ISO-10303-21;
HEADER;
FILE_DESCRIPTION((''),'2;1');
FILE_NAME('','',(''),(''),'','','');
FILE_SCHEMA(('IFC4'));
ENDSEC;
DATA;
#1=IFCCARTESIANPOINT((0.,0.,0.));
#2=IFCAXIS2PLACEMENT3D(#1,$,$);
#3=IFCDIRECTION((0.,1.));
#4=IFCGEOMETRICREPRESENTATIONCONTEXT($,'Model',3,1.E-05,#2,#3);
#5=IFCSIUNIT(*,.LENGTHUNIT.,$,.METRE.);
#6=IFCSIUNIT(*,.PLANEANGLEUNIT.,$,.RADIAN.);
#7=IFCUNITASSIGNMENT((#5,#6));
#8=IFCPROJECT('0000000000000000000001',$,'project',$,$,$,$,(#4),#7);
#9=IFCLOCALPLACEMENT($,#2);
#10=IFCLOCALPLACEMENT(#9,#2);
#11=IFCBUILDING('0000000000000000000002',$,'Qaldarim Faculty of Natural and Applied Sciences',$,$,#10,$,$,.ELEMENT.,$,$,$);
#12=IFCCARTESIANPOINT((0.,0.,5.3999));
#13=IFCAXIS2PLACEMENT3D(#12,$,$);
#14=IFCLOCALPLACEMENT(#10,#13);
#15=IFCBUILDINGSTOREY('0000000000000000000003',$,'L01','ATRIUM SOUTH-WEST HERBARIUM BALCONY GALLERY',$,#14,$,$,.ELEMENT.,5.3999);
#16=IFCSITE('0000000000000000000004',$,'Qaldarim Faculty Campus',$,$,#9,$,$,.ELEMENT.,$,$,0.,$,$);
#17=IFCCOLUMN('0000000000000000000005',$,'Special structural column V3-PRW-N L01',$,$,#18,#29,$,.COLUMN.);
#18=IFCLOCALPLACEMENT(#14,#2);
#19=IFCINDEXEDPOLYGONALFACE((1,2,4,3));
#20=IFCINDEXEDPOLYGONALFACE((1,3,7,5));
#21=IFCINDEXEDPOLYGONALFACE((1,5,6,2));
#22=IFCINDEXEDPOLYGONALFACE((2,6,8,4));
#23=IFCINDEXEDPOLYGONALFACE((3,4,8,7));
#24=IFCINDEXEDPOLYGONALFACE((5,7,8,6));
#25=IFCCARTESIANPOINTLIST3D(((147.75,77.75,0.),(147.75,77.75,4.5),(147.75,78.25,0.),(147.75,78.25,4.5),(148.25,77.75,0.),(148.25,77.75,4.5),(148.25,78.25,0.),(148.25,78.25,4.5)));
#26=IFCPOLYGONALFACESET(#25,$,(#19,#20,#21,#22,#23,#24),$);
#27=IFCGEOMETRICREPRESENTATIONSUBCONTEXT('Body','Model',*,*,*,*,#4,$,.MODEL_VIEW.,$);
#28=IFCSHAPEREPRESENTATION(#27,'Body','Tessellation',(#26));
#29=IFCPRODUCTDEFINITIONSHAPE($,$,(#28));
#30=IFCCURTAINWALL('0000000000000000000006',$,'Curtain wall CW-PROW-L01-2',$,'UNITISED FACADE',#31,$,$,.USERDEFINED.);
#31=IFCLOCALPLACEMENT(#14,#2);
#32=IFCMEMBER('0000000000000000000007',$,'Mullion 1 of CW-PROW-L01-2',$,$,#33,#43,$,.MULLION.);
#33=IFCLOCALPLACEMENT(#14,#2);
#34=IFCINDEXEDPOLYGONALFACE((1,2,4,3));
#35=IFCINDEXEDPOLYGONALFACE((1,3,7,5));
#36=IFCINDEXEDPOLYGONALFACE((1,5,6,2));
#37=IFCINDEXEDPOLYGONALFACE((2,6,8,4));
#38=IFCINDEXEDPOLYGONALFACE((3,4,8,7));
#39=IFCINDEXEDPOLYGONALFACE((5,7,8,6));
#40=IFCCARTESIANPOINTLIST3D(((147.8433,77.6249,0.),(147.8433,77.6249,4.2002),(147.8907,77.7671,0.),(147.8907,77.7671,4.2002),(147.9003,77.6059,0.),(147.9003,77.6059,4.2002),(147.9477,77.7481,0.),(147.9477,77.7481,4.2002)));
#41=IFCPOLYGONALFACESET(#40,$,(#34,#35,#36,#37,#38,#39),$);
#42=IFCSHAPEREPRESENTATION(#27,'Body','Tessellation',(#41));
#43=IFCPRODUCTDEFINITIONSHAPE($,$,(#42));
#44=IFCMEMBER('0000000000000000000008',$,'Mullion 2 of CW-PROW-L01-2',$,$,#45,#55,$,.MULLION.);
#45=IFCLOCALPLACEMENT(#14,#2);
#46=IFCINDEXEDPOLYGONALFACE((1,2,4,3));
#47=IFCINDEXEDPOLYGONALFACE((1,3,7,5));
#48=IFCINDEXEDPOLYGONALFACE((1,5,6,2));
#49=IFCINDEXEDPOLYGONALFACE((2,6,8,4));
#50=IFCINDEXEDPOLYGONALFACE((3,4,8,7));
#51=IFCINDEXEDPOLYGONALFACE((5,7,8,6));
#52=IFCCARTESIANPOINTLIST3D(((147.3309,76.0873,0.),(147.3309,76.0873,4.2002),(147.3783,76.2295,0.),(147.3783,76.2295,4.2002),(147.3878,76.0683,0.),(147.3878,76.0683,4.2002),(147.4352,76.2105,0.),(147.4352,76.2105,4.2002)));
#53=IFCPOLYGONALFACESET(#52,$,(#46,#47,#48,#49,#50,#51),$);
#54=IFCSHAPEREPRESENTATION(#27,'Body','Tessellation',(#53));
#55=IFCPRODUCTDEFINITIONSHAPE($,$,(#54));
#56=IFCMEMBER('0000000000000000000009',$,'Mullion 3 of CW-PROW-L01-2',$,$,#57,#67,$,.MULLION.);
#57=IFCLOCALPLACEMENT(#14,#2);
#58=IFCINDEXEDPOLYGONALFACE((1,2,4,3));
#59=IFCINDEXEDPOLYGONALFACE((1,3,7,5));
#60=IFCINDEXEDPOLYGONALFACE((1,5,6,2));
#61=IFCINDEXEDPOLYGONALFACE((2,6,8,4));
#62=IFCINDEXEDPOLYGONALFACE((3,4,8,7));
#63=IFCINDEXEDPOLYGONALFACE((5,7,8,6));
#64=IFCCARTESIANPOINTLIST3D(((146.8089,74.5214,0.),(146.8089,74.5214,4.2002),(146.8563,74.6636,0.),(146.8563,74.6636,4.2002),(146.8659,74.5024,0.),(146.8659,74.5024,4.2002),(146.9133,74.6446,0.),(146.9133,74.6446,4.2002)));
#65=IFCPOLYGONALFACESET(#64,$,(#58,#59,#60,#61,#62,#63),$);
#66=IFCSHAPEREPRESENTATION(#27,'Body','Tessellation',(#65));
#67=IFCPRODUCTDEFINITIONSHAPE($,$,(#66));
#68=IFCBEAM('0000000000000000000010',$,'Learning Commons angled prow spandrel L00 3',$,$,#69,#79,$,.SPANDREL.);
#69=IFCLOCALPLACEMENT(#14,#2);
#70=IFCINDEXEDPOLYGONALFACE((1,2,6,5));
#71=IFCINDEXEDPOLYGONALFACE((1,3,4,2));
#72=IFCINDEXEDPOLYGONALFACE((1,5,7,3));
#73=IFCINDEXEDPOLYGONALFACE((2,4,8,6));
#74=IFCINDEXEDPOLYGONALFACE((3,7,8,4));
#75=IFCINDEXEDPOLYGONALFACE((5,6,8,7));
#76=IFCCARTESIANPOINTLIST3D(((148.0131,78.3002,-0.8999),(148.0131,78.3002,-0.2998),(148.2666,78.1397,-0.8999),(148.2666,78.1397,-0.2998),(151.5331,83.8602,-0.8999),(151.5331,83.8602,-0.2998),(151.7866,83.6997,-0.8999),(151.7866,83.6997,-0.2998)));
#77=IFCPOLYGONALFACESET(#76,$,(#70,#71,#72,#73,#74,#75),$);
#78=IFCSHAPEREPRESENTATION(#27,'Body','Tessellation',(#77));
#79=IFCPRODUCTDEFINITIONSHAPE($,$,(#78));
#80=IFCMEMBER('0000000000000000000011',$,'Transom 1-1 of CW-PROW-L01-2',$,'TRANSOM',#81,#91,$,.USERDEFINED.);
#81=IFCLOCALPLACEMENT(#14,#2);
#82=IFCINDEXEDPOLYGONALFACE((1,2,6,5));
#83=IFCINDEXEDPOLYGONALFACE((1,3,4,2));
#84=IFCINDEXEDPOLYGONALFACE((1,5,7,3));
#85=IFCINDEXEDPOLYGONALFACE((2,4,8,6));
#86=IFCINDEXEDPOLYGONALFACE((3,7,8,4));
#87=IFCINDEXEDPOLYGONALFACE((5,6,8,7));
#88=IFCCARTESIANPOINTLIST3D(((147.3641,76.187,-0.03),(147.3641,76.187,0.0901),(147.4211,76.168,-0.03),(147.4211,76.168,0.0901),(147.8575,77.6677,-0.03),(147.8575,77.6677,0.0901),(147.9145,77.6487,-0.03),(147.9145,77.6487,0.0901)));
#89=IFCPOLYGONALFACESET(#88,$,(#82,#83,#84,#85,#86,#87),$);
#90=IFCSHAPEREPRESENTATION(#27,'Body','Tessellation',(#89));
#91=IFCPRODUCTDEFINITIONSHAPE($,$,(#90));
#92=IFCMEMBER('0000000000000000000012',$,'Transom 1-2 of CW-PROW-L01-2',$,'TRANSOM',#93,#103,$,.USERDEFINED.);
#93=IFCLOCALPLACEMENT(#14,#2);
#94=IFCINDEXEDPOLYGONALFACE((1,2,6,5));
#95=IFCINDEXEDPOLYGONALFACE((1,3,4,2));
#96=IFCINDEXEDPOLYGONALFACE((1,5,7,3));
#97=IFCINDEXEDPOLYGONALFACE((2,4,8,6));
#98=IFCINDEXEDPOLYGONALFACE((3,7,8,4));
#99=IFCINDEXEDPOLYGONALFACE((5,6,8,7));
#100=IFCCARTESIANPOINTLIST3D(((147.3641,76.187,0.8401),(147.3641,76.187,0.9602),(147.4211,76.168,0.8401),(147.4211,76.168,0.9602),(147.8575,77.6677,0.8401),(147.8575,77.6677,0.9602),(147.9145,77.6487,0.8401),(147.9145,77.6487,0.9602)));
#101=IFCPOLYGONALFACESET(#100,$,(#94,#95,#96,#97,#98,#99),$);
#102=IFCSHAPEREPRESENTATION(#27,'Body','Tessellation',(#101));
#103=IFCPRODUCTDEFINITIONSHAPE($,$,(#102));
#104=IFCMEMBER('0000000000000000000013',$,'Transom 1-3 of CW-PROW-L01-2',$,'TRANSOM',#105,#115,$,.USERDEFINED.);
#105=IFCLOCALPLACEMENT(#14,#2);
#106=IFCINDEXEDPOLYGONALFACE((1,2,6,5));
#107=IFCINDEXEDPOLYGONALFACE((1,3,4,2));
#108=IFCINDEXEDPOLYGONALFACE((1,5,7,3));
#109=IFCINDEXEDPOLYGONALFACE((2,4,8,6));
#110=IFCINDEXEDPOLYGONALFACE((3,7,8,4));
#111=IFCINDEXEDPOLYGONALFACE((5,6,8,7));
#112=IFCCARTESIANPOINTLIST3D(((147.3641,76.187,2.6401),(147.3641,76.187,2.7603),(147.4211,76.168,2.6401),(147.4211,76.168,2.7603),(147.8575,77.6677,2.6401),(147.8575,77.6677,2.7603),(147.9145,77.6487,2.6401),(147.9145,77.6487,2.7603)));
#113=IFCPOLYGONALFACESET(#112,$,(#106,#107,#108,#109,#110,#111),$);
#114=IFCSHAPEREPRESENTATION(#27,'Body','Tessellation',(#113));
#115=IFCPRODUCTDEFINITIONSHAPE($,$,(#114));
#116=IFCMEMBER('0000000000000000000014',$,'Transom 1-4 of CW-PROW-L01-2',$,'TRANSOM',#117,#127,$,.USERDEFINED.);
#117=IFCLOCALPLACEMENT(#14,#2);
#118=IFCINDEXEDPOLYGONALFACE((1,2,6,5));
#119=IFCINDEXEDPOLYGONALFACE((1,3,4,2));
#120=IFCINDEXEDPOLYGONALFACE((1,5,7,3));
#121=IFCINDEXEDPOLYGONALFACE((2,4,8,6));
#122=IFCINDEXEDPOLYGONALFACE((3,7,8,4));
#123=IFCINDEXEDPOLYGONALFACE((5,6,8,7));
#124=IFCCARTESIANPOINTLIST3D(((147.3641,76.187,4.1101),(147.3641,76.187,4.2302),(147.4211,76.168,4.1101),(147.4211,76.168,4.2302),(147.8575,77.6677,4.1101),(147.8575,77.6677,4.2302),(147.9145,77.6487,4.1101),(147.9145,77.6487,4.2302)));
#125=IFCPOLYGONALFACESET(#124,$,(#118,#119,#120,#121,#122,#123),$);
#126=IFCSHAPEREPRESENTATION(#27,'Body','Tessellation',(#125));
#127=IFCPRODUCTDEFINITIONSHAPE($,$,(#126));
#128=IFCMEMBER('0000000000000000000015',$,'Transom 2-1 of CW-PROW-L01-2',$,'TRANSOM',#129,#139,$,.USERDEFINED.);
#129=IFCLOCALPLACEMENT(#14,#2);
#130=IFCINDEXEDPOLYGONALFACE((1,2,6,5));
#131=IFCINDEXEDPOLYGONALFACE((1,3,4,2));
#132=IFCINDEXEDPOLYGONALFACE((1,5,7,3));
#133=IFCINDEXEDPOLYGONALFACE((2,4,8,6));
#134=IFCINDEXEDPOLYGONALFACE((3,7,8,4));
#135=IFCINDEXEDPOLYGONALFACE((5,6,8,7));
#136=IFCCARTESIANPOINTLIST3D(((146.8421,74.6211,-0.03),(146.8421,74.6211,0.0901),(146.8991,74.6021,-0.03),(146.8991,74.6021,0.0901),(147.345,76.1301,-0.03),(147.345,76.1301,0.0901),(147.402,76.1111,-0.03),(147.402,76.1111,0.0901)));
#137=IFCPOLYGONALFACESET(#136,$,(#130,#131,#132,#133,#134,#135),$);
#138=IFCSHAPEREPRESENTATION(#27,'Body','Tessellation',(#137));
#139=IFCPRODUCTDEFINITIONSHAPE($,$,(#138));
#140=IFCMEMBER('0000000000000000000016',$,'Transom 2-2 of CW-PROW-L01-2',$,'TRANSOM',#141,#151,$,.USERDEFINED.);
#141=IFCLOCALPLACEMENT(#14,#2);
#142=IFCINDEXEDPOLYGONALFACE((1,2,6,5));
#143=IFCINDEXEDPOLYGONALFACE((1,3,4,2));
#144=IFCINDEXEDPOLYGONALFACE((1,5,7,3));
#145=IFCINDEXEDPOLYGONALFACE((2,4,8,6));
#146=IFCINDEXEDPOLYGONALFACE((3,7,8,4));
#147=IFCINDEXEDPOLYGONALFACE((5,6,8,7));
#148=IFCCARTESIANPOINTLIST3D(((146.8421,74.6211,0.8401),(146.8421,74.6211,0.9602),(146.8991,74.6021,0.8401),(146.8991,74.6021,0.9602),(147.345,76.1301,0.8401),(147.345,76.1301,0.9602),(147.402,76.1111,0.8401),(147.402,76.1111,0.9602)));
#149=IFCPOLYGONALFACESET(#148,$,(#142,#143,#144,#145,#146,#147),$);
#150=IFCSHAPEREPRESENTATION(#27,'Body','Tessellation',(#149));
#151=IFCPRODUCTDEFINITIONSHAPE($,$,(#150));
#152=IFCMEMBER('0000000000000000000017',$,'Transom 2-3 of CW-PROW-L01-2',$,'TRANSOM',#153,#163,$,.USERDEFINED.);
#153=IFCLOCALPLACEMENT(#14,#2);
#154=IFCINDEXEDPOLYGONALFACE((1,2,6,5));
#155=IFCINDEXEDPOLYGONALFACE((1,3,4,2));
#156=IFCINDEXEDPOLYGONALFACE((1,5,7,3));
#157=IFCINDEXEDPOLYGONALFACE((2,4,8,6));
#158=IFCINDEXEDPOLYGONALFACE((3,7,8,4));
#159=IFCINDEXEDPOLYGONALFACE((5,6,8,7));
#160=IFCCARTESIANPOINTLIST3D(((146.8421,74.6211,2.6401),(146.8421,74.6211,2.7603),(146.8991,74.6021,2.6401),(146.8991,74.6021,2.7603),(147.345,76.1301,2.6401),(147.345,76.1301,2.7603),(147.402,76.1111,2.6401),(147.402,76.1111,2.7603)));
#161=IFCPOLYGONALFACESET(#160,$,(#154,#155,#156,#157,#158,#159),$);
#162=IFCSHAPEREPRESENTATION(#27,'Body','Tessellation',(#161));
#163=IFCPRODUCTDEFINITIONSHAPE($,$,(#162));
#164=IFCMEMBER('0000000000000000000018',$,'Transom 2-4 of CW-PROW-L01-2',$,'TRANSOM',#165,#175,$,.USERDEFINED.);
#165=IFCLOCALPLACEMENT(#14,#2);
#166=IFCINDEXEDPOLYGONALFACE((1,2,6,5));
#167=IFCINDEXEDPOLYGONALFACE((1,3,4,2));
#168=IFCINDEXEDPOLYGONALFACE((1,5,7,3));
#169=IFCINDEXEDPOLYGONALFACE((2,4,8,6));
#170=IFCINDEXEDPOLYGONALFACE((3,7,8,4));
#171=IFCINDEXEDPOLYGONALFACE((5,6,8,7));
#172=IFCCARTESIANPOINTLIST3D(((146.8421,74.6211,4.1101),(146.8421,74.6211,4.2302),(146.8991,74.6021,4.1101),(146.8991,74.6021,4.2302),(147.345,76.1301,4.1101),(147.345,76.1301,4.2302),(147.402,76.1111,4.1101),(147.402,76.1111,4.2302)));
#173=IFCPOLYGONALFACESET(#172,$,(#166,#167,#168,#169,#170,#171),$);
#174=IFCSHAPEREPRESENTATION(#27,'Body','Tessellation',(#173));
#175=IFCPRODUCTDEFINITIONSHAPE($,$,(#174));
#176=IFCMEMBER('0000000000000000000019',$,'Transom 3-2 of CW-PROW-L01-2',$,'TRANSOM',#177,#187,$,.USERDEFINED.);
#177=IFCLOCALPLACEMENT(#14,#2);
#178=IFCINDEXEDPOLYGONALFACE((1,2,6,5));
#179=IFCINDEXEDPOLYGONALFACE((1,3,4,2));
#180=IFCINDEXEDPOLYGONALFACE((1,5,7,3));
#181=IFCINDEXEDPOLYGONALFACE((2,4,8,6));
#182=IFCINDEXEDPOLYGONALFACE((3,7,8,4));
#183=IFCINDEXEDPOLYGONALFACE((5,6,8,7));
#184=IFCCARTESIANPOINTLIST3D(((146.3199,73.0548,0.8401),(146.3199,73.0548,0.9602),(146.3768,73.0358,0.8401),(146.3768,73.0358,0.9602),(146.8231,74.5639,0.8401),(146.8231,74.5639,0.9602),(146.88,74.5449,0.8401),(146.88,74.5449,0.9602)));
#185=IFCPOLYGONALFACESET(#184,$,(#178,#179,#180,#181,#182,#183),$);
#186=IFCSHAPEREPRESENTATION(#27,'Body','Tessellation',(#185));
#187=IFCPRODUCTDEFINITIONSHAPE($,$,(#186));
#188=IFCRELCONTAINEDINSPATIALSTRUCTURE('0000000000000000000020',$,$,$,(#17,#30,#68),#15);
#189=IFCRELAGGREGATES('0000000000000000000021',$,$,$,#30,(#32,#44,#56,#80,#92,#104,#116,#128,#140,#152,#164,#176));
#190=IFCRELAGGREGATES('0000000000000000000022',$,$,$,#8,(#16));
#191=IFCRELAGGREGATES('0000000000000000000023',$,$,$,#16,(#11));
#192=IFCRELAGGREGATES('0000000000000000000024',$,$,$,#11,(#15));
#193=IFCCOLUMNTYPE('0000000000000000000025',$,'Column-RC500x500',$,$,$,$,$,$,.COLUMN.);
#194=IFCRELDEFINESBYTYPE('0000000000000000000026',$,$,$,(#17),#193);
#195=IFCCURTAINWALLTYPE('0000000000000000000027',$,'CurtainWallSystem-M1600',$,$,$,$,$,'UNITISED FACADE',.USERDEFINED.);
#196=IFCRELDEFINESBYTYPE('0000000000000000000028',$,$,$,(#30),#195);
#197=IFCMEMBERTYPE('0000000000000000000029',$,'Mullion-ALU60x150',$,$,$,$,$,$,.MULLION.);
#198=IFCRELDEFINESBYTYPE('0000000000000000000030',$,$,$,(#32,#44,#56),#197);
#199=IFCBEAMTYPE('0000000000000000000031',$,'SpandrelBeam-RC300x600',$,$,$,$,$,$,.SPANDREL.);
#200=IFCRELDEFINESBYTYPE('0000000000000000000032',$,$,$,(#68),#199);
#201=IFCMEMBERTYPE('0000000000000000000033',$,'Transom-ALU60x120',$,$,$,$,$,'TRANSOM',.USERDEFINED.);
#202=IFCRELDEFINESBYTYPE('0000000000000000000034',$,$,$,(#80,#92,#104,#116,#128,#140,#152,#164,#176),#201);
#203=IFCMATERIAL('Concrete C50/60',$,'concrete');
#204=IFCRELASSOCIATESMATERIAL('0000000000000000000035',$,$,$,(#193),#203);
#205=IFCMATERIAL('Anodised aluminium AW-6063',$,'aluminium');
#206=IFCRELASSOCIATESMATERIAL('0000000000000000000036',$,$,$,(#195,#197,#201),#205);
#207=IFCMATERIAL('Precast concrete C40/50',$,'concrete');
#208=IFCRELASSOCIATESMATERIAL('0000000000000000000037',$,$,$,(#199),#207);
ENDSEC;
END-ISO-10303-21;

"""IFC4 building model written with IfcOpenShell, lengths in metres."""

from ifc_helpers import new_model, si_unit, direction, frame, origin, origin_2d, place, context, subcontext, project, spatial, rectangle, extrude, material, material_profile, profile_set, type_object, element, aggregate, save


model = new_model("IFC4")

# Units and contexts
model_context = context("Model", 3, precision=1e-05, world=origin(), true_north=direction((0.0, 1.0)))
body_context = subcontext(model_context, "Body", "Model", "MODEL_VIEW")
ifc_project = project(units=[si_unit("LENGTHUNIT", "METRE"), si_unit("PLANEANGLEUNIT", "RADIAN")], contexts=[model_context])

# Site, building, storey
site_placement = place(None, origin())
site = spatial("IfcSite", under=ifc_project, at=site_placement, Name="Qaldarim Faculty Campus", CompositionType="ELEMENT", RefElevation=0.0)
building_placement = place(site_placement, origin())
building = spatial("IfcBuilding", under=site, at=building_placement, Name="Qaldarim Faculty of Natural and Applied Sciences", CompositionType="ELEMENT")
storey_placement = place(building_placement, frame((0.0, 0.0, 5.3999)))
storey = spatial("IfcBuildingStorey", under=building, at=storey_placement, Name="L01", Description="ATRIUM SOUTH-WEST HERBARIUM BALCONY GALLERY", CompositionType="ELEMENT", Elevation=5.3999)

# Column
ifc_material_1 = material(Name="Concrete C50/60", Category="concrete")
ifc_material_profile_1 = material_profile(ifc_material_1, rectangle(XDim=0.5, YDim=0.5, at=origin_2d()), Name="RC-C500x500")
ifc_profile_set_1 = profile_set([ifc_material_profile_1], Name="Concrete C50/60")
column_type = type_object("IfcColumnType", Name="Column-RC500x500", PredefinedType="COLUMN", material=ifc_profile_set_1)
column_placement = place(storey_placement, frame((148.0, 78.0, 0.0), z_axis=(0.0, 0.0, 1.0), x_axis=(1.0, 0.0, 0.0)))
element("IfcColumn", 1, at=column_placement, inside=storey, type_object=column_type, Name="Special structural column V3-PRW-N L01", PredefinedType="COLUMN", context=body_context, shape_type="SweptSolid", body=[
    extrude(rectangle(XDim=0.5, YDim=0.5, at=origin_2d()), origin(), (0.0, 0.0, 1.0), 4.5),
])

# Curtain wall, members
ifc_material_2 = material(Name="Anodised aluminium AW-6063", Category="aluminium")
curtain_wall_type = type_object("IfcCurtainWallType", Name="CurtainWallSystem-M1600", ElementType="UNITISED FACADE", PredefinedType="USERDEFINED", material=ifc_material_2)
curtain_wall_placement = place(storey_placement, origin())
curtain_wall = element("IfcCurtainWall", 2, at=curtain_wall_placement, inside=storey, type_object=curtain_wall_type, Name="Curtain wall CW-PROW-L01-2", ObjectType="UNITISED FACADE", PredefinedType="USERDEFINED")
ifc_material_profile_2 = material_profile(ifc_material_2, rectangle(XDim=0.0601, YDim=0.1499, at=origin_2d()), Name="ALU-M60x150")
ifc_profile_set_2 = profile_set([ifc_material_profile_2], Name="Anodised aluminium AW-6063")
member_type_1 = type_object("IfcMemberType", Name="Mullion-ALU60x150", PredefinedType="MULLION", material=ifc_profile_set_2)
member_1_placement = place(storey_placement, frame((147.8955, 77.6865, 0.0), z_axis=(0.0, 0.0, 1.0), x_axis=(0.948683, -0.316229, 0.0)))
member_1 = element("IfcMember", 3, at=member_1_placement, type_object=member_type_1, Name="Mullion 1 of CW-PROW-L01-2", PredefinedType="MULLION", context=body_context, shape_type="SweptSolid", body=[
    extrude(rectangle(XDim=0.0601, YDim=0.1499, at=origin_2d()), origin(), (0.0, 0.0, 1.0), 4.2002),
])
member_2_placement = place(storey_placement, frame((147.3831, 76.1489, 0.0), z_axis=(0.0, 0.0, 1.0), x_axis=(0.948683, -0.316229, 0.0)))
member_2 = element("IfcMember", 4, at=member_2_placement, type_object=member_type_1, Name="Mullion 2 of CW-PROW-L01-2", PredefinedType="MULLION", context=body_context, shape_type="SweptSolid", body=[
    extrude(rectangle(XDim=0.0601, YDim=0.1499, at=origin_2d()), origin(), (0.0, 0.0, 1.0), 4.2002),
])
member_3_placement = place(storey_placement, frame((146.8611, 74.583, 0.0), z_axis=(0.0, 0.0, 1.0), x_axis=(0.948683, -0.316229, 0.0)))
member_3 = element("IfcMember", 5, at=member_3_placement, type_object=member_type_1, Name="Mullion 3 of CW-PROW-L01-2", PredefinedType="MULLION", context=body_context, shape_type="SweptSolid", body=[
    extrude(rectangle(XDim=0.0601, YDim=0.1499, at=origin_2d()), origin(), (0.0, 0.0, 1.0), 4.2002),
])

# Beam
ifc_material_3 = material(Name="Precast concrete C40/50", Category="concrete")
ifc_material_profile_3 = material_profile(ifc_material_3, rectangle(XDim=0.3, YDim=0.6001, at=origin_2d()), Name="RC-SP300x600")
ifc_profile_set_3 = profile_set([ifc_material_profile_3], Name="Precast concrete C40/50")
beam_type = type_object("IfcBeamType", Name="SpandrelBeam-RC300x600", PredefinedType="SPANDREL", material=ifc_profile_set_3)
beam_placement = place(storey_placement, frame((148.1399, 78.22, -0.5999), z_axis=(0.534906, 0.844912, 0.0), x_axis=(-0.844912, 0.534906, 0.0)))
element("IfcBeam", 6, at=beam_placement, inside=storey, type_object=beam_type, Name="Learning Commons angled prow spandrel L00 3", PredefinedType="SPANDREL", context=body_context, shape_type="SweptSolid", body=[
    extrude(rectangle(XDim=0.3, YDim=0.6001, at=origin_2d()), origin(), (0.0, 0.0, 1.0), 6.5806),
])

# Members
ifc_material_profile_4 = material_profile(ifc_material_2, rectangle(XDim=0.0601, YDim=0.1201, at=origin_2d()), Name="ALU-T60x120")
ifc_profile_set_4 = profile_set([ifc_material_profile_4], Name="Anodised aluminium AW-6063")
member_type_2 = type_object("IfcMemberType", Name="Transom-ALU60x120", ElementType="TRANSOM", PredefinedType="USERDEFINED", material=ifc_profile_set_4)
member_4_placement = place(storey_placement, frame((147.886, 77.6582, 0.03), z_axis=(-0.316134, -0.948715, 0.0), x_axis=(0.948715, -0.316134, 0.0)))
member_4 = element("IfcMember", 7, at=member_4_placement, type_object=member_type_2, Name="Transom 1-1 of CW-PROW-L01-2", ObjectType="TRANSOM", PredefinedType="USERDEFINED", context=body_context, shape_type="SweptSolid", body=[
    extrude(rectangle(XDim=0.0601, YDim=0.1201, at=origin_2d()), origin(), (0.0, 0.0, 1.0), 1.5608),
])
member_5_placement = place(storey_placement, frame((147.886, 77.6582, 0.9001), z_axis=(-0.316134, -0.948715, 0.0), x_axis=(0.948715, -0.316134, 0.0)))
member_5 = element("IfcMember", 8, at=member_5_placement, type_object=member_type_2, Name="Transom 1-2 of CW-PROW-L01-2", ObjectType="TRANSOM", PredefinedType="USERDEFINED", context=body_context, shape_type="SweptSolid", body=[
    extrude(rectangle(XDim=0.0601, YDim=0.1201, at=origin_2d()), origin(), (0.0, 0.0, 1.0), 1.5608),
])
member_6_placement = place(storey_placement, frame((147.886, 77.6582, 2.7002), z_axis=(-0.316134, -0.948715, 0.0), x_axis=(0.948715, -0.316134, 0.0)))
member_6 = element("IfcMember", 9, at=member_6_placement, type_object=member_type_2, Name="Transom 1-3 of CW-PROW-L01-2", ObjectType="TRANSOM", PredefinedType="USERDEFINED", context=body_context, shape_type="SweptSolid", body=[
    extrude(rectangle(XDim=0.0601, YDim=0.1201, at=origin_2d()), origin(), (0.0, 0.0, 1.0), 1.5608),
])
member_7_placement = place(storey_placement, frame((147.886, 77.6582, 4.1702), z_axis=(-0.316134, -0.948715, 0.0), x_axis=(0.948715, -0.316134, 0.0)))
member_7 = element("IfcMember", 10, at=member_7_placement, type_object=member_type_2, Name="Transom 1-4 of CW-PROW-L01-2", ObjectType="TRANSOM", PredefinedType="USERDEFINED", context=body_context, shape_type="SweptSolid", body=[
    extrude(rectangle(XDim=0.0601, YDim=0.1201, at=origin_2d()), origin(), (0.0, 0.0, 1.0), 1.5608),
])
member_8_placement = place(storey_placement, frame((147.3735, 76.1206, 0.03), z_axis=(-0.316182, -0.948699, 0.0), x_axis=(0.948699, -0.316182, 0.0)))
member_8 = element("IfcMember", 11, at=member_8_placement, type_object=member_type_2, Name="Transom 2-1 of CW-PROW-L01-2", ObjectType="TRANSOM", PredefinedType="USERDEFINED", context=body_context, shape_type="SweptSolid", body=[
    extrude(rectangle(XDim=0.0601, YDim=0.1201, at=origin_2d()), origin(), (0.0, 0.0, 1.0), 1.5906),
])
member_9_placement = place(storey_placement, frame((147.3735, 76.1206, 0.9001), z_axis=(-0.316182, -0.948699, 0.0), x_axis=(0.948699, -0.316182, 0.0)))
member_9 = element("IfcMember", 12, at=member_9_placement, type_object=member_type_2, Name="Transom 2-2 of CW-PROW-L01-2", ObjectType="TRANSOM", PredefinedType="USERDEFINED", context=body_context, shape_type="SweptSolid", body=[
    extrude(rectangle(XDim=0.0601, YDim=0.1201, at=origin_2d()), origin(), (0.0, 0.0, 1.0), 1.5906),
])
member_10_placement = place(storey_placement, frame((147.3735, 76.1206, 2.7002), z_axis=(-0.316182, -0.948699, 0.0), x_axis=(0.948699, -0.316182, 0.0)))
member_10 = element("IfcMember", 13, at=member_10_placement, type_object=member_type_2, Name="Transom 2-3 of CW-PROW-L01-2", ObjectType="TRANSOM", PredefinedType="USERDEFINED", context=body_context, shape_type="SweptSolid", body=[
    extrude(rectangle(XDim=0.0601, YDim=0.1201, at=origin_2d()), origin(), (0.0, 0.0, 1.0), 1.5906),
])
member_11_placement = place(storey_placement, frame((147.3735, 76.1206, 4.1702), z_axis=(-0.316182, -0.948699, 0.0), x_axis=(0.948699, -0.316182, 0.0)))
member_11 = element("IfcMember", 14, at=member_11_placement, type_object=member_type_2, Name="Transom 2-4 of CW-PROW-L01-2", ObjectType="TRANSOM", PredefinedType="USERDEFINED", context=body_context, shape_type="SweptSolid", body=[
    extrude(rectangle(XDim=0.0601, YDim=0.1201, at=origin_2d()), origin(), (0.0, 0.0, 1.0), 1.5906),
])
member_12_placement = place(storey_placement, frame((146.8516, 74.5544, 0.9001), z_axis=(-0.31632, -0.948653, 0.0), x_axis=(0.948653, -0.31632, 0.0)))
member_12 = element("IfcMember", 15, at=member_12_placement, type_object=member_type_2, Name="Transom 3-2 of CW-PROW-L01-2", ObjectType="TRANSOM", PredefinedType="USERDEFINED", context=body_context, shape_type="SweptSolid", body=[
    extrude(rectangle(XDim=0.0601, YDim=0.1201, at=origin_2d()), origin(), (0.0, 0.0, 1.0), 1.5908),
])

aggregate(curtain_wall, [member_1, member_2, member_3, member_4, member_5, member_6, member_7, member_8, member_9, member_10, member_11, member_12])

save(model, "model.ifc")
